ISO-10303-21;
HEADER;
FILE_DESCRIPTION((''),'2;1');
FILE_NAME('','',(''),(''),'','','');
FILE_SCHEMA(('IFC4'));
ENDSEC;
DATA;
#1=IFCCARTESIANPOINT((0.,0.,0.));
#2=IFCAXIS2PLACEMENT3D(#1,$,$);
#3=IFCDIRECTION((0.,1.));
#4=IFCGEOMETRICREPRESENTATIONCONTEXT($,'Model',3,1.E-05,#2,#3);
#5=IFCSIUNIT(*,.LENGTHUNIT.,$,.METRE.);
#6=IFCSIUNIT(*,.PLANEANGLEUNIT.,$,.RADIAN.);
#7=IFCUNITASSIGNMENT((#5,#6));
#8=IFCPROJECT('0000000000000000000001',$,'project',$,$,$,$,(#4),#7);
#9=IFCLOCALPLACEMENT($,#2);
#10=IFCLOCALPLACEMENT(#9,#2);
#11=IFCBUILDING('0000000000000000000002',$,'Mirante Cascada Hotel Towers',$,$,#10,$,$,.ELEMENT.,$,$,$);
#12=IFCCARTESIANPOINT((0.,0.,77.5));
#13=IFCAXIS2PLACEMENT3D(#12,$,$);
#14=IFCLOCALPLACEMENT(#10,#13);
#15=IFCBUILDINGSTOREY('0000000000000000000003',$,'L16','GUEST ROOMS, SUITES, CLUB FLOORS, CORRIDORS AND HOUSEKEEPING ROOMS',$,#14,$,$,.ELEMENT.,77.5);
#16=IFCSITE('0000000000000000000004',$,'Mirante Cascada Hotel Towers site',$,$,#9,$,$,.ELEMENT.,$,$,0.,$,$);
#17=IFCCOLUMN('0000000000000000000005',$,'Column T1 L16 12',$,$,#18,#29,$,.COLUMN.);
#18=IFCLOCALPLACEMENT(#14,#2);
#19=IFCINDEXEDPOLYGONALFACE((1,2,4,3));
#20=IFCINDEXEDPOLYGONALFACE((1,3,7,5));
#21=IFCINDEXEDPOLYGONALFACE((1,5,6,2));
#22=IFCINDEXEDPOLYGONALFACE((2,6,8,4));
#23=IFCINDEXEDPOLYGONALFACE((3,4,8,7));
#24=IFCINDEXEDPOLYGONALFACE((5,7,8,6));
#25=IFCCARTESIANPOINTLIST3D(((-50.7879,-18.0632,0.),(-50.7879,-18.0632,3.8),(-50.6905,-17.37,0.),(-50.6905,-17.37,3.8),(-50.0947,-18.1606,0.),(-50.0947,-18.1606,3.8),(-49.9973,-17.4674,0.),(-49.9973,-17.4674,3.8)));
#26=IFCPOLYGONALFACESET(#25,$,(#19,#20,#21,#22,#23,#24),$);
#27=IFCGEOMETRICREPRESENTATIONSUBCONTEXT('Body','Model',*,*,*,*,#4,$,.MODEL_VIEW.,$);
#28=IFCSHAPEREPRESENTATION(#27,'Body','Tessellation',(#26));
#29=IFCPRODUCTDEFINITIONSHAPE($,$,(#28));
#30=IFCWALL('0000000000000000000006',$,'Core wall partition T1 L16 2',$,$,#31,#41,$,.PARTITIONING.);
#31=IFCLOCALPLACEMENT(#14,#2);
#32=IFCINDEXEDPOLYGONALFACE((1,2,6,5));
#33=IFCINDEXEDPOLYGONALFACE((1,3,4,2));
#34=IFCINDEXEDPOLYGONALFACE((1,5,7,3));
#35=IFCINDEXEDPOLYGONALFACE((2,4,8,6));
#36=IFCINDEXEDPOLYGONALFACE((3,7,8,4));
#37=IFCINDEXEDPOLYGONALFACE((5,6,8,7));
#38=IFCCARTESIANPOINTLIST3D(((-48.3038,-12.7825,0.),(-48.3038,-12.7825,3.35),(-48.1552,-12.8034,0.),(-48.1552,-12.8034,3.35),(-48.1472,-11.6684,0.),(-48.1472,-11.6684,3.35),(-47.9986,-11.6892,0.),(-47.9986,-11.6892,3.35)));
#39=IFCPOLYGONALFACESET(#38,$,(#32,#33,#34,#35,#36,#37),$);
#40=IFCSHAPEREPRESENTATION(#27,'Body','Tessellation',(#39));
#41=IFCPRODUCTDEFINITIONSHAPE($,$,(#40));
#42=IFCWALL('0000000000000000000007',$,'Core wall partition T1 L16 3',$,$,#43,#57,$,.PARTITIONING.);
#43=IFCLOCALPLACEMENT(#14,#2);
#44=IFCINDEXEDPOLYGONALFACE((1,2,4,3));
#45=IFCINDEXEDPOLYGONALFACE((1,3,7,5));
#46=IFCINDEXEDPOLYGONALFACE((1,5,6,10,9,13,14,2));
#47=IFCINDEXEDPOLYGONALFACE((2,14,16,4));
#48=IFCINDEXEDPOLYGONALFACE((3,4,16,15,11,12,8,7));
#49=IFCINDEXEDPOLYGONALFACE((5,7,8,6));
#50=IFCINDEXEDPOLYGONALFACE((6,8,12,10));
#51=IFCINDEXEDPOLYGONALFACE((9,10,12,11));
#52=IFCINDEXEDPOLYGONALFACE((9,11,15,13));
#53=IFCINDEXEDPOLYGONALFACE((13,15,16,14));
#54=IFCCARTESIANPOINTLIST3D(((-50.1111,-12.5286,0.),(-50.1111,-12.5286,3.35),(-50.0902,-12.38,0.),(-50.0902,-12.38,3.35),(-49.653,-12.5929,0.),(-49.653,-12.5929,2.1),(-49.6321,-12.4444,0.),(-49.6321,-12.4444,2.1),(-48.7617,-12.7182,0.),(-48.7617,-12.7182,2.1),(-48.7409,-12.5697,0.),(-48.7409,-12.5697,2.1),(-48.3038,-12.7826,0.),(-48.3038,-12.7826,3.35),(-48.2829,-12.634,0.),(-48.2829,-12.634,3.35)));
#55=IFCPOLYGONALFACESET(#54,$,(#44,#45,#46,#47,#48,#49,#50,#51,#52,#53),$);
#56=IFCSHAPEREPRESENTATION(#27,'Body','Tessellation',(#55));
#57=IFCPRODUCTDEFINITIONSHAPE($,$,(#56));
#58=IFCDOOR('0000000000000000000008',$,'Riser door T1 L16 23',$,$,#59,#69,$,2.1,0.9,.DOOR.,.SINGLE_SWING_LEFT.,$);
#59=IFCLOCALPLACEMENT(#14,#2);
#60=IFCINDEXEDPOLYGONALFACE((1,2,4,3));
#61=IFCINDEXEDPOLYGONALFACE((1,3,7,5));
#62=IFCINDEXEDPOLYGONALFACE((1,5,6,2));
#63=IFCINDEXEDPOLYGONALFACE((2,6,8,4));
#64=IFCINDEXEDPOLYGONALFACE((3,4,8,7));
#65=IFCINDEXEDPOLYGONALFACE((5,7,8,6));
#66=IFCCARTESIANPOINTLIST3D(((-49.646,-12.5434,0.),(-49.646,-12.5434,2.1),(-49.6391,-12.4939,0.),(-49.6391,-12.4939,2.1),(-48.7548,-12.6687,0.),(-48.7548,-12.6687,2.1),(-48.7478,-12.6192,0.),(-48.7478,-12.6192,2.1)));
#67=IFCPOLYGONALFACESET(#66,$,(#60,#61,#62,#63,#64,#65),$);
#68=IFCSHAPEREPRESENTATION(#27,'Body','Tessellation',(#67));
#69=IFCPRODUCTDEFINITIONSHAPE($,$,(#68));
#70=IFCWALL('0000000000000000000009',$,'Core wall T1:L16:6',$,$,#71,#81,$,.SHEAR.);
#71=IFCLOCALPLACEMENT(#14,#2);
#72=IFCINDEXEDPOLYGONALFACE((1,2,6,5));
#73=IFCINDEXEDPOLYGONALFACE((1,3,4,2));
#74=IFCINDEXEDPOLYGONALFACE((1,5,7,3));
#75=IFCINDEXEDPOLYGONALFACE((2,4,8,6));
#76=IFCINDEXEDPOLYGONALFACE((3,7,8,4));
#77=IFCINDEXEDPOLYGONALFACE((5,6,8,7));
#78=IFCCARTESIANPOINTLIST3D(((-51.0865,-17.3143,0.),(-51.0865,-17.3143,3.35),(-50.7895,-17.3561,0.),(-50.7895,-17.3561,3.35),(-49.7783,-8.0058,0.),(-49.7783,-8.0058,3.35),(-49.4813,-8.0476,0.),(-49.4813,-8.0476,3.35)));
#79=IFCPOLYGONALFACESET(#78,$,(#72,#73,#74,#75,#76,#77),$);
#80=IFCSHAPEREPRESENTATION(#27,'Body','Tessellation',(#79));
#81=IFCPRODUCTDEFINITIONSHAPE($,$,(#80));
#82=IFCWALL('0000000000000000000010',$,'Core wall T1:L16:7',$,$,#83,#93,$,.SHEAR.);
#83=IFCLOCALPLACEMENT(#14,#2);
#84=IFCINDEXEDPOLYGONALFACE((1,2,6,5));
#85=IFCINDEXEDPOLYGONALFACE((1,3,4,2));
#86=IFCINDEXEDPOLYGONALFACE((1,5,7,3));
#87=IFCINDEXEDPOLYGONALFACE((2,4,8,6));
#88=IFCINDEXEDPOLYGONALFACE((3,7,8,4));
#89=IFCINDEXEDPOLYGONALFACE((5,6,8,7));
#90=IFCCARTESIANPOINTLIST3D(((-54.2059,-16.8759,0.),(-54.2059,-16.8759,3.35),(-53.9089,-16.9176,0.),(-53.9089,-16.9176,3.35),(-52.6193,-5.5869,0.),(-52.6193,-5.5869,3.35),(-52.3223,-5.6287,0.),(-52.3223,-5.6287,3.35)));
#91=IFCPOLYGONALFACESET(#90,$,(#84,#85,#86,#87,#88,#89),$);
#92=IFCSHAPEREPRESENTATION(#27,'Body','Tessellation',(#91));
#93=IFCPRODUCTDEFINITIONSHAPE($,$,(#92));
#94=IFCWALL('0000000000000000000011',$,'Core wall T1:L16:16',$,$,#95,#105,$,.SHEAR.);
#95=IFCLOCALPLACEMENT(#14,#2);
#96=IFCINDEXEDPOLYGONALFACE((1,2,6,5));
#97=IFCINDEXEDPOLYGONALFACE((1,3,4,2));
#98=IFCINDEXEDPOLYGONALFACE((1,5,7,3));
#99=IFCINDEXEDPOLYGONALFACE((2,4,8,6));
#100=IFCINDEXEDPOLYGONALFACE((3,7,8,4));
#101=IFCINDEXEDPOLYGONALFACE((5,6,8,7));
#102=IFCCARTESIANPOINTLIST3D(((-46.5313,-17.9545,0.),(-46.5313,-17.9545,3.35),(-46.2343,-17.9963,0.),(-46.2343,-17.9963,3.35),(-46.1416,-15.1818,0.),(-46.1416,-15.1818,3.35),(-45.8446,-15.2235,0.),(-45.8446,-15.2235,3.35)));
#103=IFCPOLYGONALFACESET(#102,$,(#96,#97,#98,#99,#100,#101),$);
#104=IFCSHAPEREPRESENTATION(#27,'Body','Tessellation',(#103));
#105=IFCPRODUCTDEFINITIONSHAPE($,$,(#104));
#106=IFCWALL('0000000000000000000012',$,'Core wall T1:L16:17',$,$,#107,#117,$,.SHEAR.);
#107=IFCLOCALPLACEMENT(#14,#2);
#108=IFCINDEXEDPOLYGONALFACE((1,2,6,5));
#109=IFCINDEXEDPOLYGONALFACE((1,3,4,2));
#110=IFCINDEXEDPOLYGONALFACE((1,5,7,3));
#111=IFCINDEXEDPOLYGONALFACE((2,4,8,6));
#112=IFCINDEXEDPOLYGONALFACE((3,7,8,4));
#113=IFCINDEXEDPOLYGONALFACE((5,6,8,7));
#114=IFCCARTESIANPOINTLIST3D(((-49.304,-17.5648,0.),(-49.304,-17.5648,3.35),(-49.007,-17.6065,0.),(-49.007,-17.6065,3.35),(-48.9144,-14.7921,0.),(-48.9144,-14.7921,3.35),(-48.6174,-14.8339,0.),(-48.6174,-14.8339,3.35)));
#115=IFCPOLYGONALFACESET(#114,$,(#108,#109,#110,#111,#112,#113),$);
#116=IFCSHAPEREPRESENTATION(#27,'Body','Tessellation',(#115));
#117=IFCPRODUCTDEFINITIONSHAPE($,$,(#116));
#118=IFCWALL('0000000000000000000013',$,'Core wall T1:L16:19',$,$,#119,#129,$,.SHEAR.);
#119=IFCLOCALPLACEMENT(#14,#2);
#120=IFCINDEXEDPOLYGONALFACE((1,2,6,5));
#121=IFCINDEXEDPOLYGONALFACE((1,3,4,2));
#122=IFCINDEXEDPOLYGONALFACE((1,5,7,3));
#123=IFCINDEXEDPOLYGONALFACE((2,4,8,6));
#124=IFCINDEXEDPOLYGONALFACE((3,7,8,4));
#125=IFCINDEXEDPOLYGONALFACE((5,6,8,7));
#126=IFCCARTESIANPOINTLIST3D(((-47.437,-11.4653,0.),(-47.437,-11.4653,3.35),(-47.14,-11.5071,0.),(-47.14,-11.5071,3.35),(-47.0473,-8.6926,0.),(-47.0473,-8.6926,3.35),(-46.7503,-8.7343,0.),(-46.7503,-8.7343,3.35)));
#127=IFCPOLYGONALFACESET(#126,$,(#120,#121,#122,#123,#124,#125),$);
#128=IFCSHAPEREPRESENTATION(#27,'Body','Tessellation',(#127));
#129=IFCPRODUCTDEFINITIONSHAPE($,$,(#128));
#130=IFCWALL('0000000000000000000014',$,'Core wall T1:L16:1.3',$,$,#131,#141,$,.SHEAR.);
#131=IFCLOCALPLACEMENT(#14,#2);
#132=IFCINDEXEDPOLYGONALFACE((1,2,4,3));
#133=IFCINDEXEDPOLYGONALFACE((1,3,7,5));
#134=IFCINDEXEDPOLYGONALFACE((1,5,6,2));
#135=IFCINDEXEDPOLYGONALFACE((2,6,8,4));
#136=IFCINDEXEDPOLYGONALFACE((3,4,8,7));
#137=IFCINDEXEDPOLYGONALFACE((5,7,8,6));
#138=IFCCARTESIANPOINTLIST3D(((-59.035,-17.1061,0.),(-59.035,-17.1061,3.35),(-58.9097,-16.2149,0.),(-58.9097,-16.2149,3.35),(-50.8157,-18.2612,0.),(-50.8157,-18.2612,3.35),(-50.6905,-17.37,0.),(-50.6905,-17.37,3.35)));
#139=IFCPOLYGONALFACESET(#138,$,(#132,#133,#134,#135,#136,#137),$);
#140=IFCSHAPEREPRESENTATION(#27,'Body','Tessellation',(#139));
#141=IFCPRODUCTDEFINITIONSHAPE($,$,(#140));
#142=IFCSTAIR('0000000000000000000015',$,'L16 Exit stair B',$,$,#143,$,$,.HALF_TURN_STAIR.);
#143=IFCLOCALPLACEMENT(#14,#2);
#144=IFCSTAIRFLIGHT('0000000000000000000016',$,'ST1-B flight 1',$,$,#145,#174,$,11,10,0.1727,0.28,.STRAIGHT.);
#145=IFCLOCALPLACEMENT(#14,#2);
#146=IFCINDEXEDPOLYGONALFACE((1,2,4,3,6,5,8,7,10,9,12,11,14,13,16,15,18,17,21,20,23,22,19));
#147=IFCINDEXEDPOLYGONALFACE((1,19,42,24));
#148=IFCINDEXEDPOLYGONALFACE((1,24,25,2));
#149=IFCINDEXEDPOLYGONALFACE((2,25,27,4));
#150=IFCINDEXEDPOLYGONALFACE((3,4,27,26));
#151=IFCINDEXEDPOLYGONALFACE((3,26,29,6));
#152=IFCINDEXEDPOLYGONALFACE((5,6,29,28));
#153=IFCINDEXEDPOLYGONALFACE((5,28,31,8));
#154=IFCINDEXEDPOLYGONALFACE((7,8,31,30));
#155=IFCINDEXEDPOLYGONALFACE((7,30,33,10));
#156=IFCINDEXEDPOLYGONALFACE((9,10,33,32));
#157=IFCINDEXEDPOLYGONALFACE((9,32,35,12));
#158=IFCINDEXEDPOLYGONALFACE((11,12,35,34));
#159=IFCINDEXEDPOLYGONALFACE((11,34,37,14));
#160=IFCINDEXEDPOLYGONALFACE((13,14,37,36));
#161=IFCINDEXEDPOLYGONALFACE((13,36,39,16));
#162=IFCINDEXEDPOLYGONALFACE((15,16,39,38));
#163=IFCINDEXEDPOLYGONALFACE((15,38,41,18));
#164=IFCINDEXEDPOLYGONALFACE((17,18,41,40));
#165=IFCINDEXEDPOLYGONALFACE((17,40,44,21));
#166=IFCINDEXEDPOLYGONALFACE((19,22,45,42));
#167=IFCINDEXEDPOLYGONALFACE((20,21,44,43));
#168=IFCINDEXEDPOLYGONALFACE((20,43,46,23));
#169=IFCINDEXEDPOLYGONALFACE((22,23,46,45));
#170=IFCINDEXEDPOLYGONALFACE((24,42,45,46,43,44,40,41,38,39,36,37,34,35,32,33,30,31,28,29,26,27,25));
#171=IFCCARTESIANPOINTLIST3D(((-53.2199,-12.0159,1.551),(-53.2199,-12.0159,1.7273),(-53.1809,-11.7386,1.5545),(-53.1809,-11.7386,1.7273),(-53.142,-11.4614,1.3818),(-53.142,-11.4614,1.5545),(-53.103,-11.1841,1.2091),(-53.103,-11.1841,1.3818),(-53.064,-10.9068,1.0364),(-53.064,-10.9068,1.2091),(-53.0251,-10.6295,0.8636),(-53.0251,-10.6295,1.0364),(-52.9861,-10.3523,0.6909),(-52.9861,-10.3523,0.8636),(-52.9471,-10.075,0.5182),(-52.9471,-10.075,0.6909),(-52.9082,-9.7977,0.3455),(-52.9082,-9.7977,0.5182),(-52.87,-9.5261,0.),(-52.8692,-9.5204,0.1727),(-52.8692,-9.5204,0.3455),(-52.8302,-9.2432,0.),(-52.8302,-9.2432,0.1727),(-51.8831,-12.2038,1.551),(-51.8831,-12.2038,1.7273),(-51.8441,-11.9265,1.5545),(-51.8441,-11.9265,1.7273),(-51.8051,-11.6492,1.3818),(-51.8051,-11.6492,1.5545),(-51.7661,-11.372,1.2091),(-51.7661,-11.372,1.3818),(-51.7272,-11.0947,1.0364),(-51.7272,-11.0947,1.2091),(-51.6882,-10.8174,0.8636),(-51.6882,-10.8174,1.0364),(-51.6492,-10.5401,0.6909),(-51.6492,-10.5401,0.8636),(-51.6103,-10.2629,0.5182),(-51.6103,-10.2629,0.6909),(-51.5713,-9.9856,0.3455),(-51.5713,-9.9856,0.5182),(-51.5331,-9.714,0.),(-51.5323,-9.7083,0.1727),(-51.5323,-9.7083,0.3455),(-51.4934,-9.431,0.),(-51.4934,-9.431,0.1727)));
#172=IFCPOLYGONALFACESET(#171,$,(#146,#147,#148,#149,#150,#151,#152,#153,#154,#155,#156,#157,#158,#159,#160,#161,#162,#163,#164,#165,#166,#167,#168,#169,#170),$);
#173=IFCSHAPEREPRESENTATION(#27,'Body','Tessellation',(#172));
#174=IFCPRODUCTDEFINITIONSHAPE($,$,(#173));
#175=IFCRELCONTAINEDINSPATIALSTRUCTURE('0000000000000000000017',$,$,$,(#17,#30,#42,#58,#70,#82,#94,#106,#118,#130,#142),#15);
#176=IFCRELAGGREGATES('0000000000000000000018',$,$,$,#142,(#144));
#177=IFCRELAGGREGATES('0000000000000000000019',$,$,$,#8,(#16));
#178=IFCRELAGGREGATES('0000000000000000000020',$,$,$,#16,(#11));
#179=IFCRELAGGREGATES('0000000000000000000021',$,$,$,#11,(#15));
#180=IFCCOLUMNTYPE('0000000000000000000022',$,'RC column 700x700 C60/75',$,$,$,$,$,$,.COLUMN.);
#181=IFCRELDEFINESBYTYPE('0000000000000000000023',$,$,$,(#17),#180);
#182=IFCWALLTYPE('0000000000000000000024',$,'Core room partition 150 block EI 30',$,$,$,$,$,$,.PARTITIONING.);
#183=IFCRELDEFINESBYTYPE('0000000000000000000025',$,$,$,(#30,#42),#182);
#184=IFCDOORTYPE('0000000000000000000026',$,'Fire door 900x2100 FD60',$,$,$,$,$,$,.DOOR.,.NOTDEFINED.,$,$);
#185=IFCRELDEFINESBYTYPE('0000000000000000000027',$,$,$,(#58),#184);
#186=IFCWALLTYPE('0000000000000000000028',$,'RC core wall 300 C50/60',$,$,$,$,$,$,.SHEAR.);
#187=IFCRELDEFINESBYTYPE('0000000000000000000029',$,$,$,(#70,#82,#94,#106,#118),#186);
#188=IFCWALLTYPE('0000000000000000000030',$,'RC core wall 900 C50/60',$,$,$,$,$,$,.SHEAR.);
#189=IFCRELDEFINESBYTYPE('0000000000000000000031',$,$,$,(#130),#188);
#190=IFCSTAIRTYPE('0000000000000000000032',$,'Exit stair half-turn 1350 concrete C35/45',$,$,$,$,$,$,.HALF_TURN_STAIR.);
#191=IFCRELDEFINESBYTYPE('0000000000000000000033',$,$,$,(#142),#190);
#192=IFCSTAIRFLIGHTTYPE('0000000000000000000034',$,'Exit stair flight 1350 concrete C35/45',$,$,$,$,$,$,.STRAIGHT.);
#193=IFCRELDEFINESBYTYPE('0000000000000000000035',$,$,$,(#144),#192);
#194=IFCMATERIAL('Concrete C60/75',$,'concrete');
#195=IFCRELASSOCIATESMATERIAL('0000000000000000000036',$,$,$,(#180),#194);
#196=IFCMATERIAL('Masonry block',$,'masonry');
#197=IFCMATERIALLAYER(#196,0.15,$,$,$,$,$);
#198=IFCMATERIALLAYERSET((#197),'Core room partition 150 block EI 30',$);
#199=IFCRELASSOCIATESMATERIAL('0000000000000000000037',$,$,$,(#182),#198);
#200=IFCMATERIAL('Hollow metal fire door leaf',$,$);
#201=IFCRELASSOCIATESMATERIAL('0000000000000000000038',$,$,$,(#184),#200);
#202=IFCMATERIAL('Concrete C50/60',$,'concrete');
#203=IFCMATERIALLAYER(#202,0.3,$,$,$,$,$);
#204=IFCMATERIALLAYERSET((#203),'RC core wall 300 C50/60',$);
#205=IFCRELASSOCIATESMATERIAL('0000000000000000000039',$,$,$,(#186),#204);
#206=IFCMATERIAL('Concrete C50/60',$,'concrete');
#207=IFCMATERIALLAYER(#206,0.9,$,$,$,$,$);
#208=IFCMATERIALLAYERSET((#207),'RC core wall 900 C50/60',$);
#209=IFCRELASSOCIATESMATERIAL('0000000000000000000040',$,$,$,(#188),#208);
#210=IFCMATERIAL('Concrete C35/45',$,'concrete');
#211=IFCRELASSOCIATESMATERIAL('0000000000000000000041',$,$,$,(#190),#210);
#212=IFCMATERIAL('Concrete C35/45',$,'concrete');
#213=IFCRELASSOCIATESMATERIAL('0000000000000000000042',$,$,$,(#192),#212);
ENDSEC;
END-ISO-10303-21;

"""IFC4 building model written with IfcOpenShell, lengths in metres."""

from ifc_helpers import new_model, si_unit, direction, frame, frame_2d, origin, origin_2d, place, context, subcontext, project, spatial, polyline, rectangle, outline, extrude, material, layer, layer_set, material_profile, profile_set, type_object, element, fill, aggregate, save


model = new_model("IFC4")

# Units and contexts
model_context = context("Model", 3, precision=1e-05, world=origin(), true_north=direction((0.0, 1.0)))
body_context = subcontext(model_context, "Body", "Model", "MODEL_VIEW")
ifc_project = project(units=[si_unit("LENGTHUNIT", "METRE"), si_unit("PLANEANGLEUNIT", "RADIAN")], contexts=[model_context])

# Site, building, storey
site_placement = place(None, origin())
site = spatial("IfcSite", under=ifc_project, at=site_placement, Name="Mirante Cascada Hotel Towers site", CompositionType="ELEMENT", RefElevation=0.0)
building_placement = place(site_placement, origin())
building = spatial("IfcBuilding", under=site, at=building_placement, Name="Mirante Cascada Hotel Towers", CompositionType="ELEMENT")
storey_placement = place(building_placement, frame((0.0, 0.0, 77.5)))
storey = spatial("IfcBuildingStorey", under=building, at=storey_placement, Name="L16", Description="GUEST ROOMS, SUITES, CLUB FLOORS, CORRIDORS AND HOUSEKEEPING ROOMS", CompositionType="ELEMENT", Elevation=77.5)

# Column
ifc_material_1 = material(Name="Concrete C60/75", Category="concrete")
ifc_material_profile = material_profile(ifc_material_1, rectangle(XDim=0.7, YDim=0.7, at=origin_2d()), Name="RC column 700x700 C60/75")
ifc_profile_set = profile_set([ifc_material_profile], Name="Concrete C60/75")
column_type = type_object("IfcColumnType", Name="RC column 700x700 C60/75", PredefinedType="COLUMN", material=ifc_profile_set)
column_placement = place(storey_placement, frame((-50.3926, -17.7653, 0.0), z_axis=(0.0, 0.0, 1.0), x_axis=(-0.990268, 0.139173, 0.0)))
element("IfcColumn", 1, at=column_placement, inside=storey, type_object=column_type, Name="Column T1 L16 12", PredefinedType="COLUMN", context=body_context, shape_type="SweptSolid", body=[
    extrude(rectangle(XDim=0.7, YDim=0.7, at=origin_2d()), origin(), (0.0, 0.0, 1.0), 3.8),
])

# Wall
ifc_material_2 = material(Name="Masonry block", Category="masonry")
ifc_layer_1 = layer(ifc_material_2, 0.15)
ifc_layer_set_1 = layer_set([ifc_layer_1], Name="Core room partition 150 block EI 30")
wall_type_1 = type_object("IfcWallType", Name="Core room partition 150 block EI 30", PredefinedType="PARTITIONING", material=ifc_layer_set_1)
wall_1_placement = place(storey_placement, frame((-48.2295, -12.793, 0.0), z_axis=(0.0, 0.0, 1.0), x_axis=(0.139193, 0.990265, 0.0)))
element("IfcWall", 2, at=wall_1_placement, inside=storey, type_object=wall_type_1, Name="Core wall partition T1 L16 2", PredefinedType="PARTITIONING", context=body_context, shape_type="SweptSolid", body=[
    extrude(rectangle(XDim=1.1251, YDim=0.15, at=frame_2d((0.5626, 0.0))), origin(), (0.0, 0.0, 1.0), 3.35),
])

# Wall, opening, door
wall_2_placement = place(storey_placement, frame((-48.2933, -12.7083, 0.0), z_axis=(0.0, 0.0, 1.0), x_axis=(-0.990268, 0.139173, 0.0)))
wall_2 = element("IfcWall", 3, at=wall_2_placement, inside=storey, type_object=wall_type_1, Name="Core wall partition T1 L16 3", PredefinedType="PARTITIONING", context=body_context, shape_type="SweptSolid", body=[
    extrude(rectangle(XDim=1.8251, YDim=0.15, at=frame_2d((0.9126, 0.0))), origin(), (0.0, 0.0, 1.0), 3.35),
])
opening_1_placement = place(wall_2_placement, frame((0.4625, 0.0, 0.0)))
opening_1 = element("IfcOpeningElement", 4, at=opening_1_placement, cuts=wall_2, PredefinedType="OPENING", context=body_context, shape_type="SweptSolid", body=[
    extrude(rectangle(XDim=0.9, YDim=2.1, at=frame_2d((0.45, 1.05))), frame((0.0, 0.075, 0.0), z_axis=(0.0, -1.0, 0.0), x_axis=(1.0, 0.0, 0.0)), (0.0, 0.0, 1.0), 0.15),
])
ifc_material_3 = material(Name="Hollow metal fire door leaf")
door_type_1 = type_object("IfcDoorType", Name="Fire door 900x2100 FD60", OperationType="NOTDEFINED", PredefinedType="DOOR", material=ifc_material_3)
door_1_placement = place(opening_1_placement, origin())
door_1 = element("IfcDoor", 5, at=door_1_placement, inside=storey, type_object=door_type_1, Name="Riser door T1 L16 23", OperationType="SINGLE_SWING_LEFT", OverallHeight=2.1, OverallWidth=0.9, PredefinedType="DOOR", context=body_context, shape_type="SweptSolid", body=[
    extrude(rectangle(XDim=0.9, YDim=2.1, at=frame_2d((0.45, 1.05))), frame((0.0, 0.025, 0.0), z_axis=(0.0, -1.0, 0.0), x_axis=(1.0, 0.0, 0.0)), (0.0, 0.0, 1.0), 0.05),
])
fill(opening_1, door_1)

# Walls
ifc_material_4 = material(Name="Concrete C50/60", Category="concrete")
ifc_layer_2 = layer(ifc_material_4, 0.3)
ifc_layer_set_2 = layer_set([ifc_layer_2], Name="RC core wall 300 C50/60")
wall_type_2 = type_object("IfcWallType", Name="RC core wall 300 C50/60", PredefinedType="SHEAR", material=ifc_layer_set_2)
wall_3_placement = place(storey_placement, frame((-50.938, -17.3352, 0.0), z_axis=(0.0, 0.0, 1.0), x_axis=(0.139171, 0.990268, 0.0)))
element("IfcWall", 6, at=wall_3_placement, inside=storey, type_object=wall_type_2, Name="Core wall T1:L16:6", PredefinedType="SHEAR", context=body_context, shape_type="SweptSolid", body=[
    extrude(rectangle(XDim=9.4, YDim=0.3, at=frame_2d((4.7, 0.0))), origin(), (0.0, 0.0, 1.0), 3.35),
])
wall_4_placement = place(storey_placement, frame((-54.0574, -16.8968, 0.0), z_axis=(0.0, 0.0, 1.0), x_axis=(0.139176, 0.990268, 0.0)))
element("IfcWall", 7, at=wall_4_placement, inside=storey, type_object=wall_type_2, Name="Core wall T1:L16:7", PredefinedType="SHEAR", context=body_context, shape_type="SweptSolid", body=[
    extrude(rectangle(XDim=11.3999, YDim=0.3, at=frame_2d((5.7, 0.0))), origin(), (0.0, 0.0, 1.0), 3.35),
])
wall_5_placement = place(storey_placement, frame((-46.3828, -17.9754, 0.0), z_axis=(0.0, 0.0, 1.0), x_axis=(0.139181, 0.990267, 0.0)))
element("IfcWall", 8, at=wall_5_placement, inside=storey, type_object=wall_type_2, Name="Core wall T1:L16:16", PredefinedType="SHEAR", context=body_context, shape_type="SweptSolid", body=[
    extrude(rectangle(XDim=2.8, YDim=0.3, at=frame_2d((1.4, 0.0))), origin(), (0.0, 0.0, 1.0), 3.35),
])
wall_6_placement = place(storey_placement, frame((-49.1555, -17.5857, 0.0), z_axis=(0.0, 0.0, 1.0), x_axis=(0.139146, 0.990272, 0.0)))
element("IfcWall", 9, at=wall_6_placement, inside=storey, type_object=wall_type_2, Name="Core wall T1:L16:17", PredefinedType="SHEAR", context=body_context, shape_type="SweptSolid", body=[
    extrude(rectangle(XDim=2.7999, YDim=0.3, at=frame_2d((1.4, 0.0))), origin(), (0.0, 0.0, 1.0), 3.35),
])
wall_7_placement = place(storey_placement, frame((-47.2885, -11.4862, 0.0), z_axis=(0.0, 0.0, 1.0), x_axis=(0.139181, 0.990267, 0.0)))
element("IfcWall", 10, at=wall_7_placement, inside=storey, type_object=wall_type_2, Name="Core wall T1:L16:19", PredefinedType="SHEAR", context=body_context, shape_type="SweptSolid", body=[
    extrude(rectangle(XDim=2.8, YDim=0.3, at=frame_2d((1.4, 0.0))), origin(), (0.0, 0.0, 1.0), 3.35),
])

# Wall
ifc_material_5 = material(Name="Concrete C50/60", Category="concrete")
ifc_layer_3 = layer(ifc_material_5, 0.9)
ifc_layer_set_3 = layer_set([ifc_layer_3], Name="RC core wall 900 C50/60")
wall_type_3 = type_object("IfcWallType", Name="RC core wall 900 C50/60", PredefinedType="SHEAR", material=ifc_layer_set_3)
wall_8_placement = place(storey_placement, frame((-50.7531, -17.8156, 0.0), z_axis=(0.0, 0.0, 1.0), x_axis=(-0.990269, 0.139169, 0.0)))
element("IfcWall", 11, at=wall_8_placement, inside=storey, type_object=wall_type_3, Name="Core wall T1:L16:1.3", PredefinedType="SHEAR", context=body_context, shape_type="SweptSolid", body=[
    extrude(rectangle(XDim=8.3, YDim=0.9, at=frame_2d((4.15, 0.0))), origin(), (0.0, 0.0, 1.0), 3.35),
])

# Stair, stair flight
ifc_material_6 = material(Name="Concrete C35/45", Category="concrete")
stair_type = type_object("IfcStairType", Name="Exit stair half-turn 1350 concrete C35/45", PredefinedType="HALF_TURN_STAIR", material=ifc_material_6)
stair_placement = place(storey_placement, origin())
stair = element("IfcStair", 12, at=stair_placement, inside=storey, type_object=stair_type, Name="L16 Exit stair B", PredefinedType="HALF_TURN_STAIR")
ifc_material_7 = material(Name="Concrete C35/45", Category="concrete")
stair_flight_type = type_object("IfcStairFlightType", Name="Exit stair flight 1350 concrete C35/45", PredefinedType="STRAIGHT", material=ifc_material_7)
stair_flight_1_placement = place(storey_placement, frame((-52.1618, -9.3371, 0.0), z_axis=(0.0, 0.0, 1.0), x_axis=(-0.139173, -0.990268, 0.0)))
stair_flight_1 = element("IfcStairFlight", 13, at=stair_flight_1_placement, type_object=stair_flight_type, Name="ST1-B flight 1", NumberOfRisers=11, NumberOfTreads=10, PredefinedType="STRAIGHT", RiserHeight=0.1727, TreadLength=0.28, context=body_context, shape_type="SweptSolid", body=[
    extrude(outline(polyline([(0.0, 0.0), (0.0, 0.1727), (0.28, 0.1727), (0.28, 0.3455), (0.56, 0.3455), (0.56, 0.5182), (0.84, 0.5182), (0.84, 0.6909), (1.12, 0.6909), (1.12, 0.8636), (1.4, 0.8636), (1.4, 1.0364), (1.68, 1.0364), (1.68, 1.2091), (1.96, 1.2091), (1.96, 1.3818), (2.24, 1.3818), (2.24, 1.5545), (2.52, 1.5545), (2.52, 1.7273), (2.8, 1.7273), (2.8, 1.9), (2.8, 1.551), (0.2857, 0.0), (0.0, 0.0)])), frame((0.0, 0.675, 0.0), z_axis=(0.0, -1.0, 0.0), x_axis=(1.0, 0.0, 0.0)), (0.0, 0.0, 1.0), 1.35),
])
aggregate(stair, [stair_flight_1])

save(model, "model.ifc")
